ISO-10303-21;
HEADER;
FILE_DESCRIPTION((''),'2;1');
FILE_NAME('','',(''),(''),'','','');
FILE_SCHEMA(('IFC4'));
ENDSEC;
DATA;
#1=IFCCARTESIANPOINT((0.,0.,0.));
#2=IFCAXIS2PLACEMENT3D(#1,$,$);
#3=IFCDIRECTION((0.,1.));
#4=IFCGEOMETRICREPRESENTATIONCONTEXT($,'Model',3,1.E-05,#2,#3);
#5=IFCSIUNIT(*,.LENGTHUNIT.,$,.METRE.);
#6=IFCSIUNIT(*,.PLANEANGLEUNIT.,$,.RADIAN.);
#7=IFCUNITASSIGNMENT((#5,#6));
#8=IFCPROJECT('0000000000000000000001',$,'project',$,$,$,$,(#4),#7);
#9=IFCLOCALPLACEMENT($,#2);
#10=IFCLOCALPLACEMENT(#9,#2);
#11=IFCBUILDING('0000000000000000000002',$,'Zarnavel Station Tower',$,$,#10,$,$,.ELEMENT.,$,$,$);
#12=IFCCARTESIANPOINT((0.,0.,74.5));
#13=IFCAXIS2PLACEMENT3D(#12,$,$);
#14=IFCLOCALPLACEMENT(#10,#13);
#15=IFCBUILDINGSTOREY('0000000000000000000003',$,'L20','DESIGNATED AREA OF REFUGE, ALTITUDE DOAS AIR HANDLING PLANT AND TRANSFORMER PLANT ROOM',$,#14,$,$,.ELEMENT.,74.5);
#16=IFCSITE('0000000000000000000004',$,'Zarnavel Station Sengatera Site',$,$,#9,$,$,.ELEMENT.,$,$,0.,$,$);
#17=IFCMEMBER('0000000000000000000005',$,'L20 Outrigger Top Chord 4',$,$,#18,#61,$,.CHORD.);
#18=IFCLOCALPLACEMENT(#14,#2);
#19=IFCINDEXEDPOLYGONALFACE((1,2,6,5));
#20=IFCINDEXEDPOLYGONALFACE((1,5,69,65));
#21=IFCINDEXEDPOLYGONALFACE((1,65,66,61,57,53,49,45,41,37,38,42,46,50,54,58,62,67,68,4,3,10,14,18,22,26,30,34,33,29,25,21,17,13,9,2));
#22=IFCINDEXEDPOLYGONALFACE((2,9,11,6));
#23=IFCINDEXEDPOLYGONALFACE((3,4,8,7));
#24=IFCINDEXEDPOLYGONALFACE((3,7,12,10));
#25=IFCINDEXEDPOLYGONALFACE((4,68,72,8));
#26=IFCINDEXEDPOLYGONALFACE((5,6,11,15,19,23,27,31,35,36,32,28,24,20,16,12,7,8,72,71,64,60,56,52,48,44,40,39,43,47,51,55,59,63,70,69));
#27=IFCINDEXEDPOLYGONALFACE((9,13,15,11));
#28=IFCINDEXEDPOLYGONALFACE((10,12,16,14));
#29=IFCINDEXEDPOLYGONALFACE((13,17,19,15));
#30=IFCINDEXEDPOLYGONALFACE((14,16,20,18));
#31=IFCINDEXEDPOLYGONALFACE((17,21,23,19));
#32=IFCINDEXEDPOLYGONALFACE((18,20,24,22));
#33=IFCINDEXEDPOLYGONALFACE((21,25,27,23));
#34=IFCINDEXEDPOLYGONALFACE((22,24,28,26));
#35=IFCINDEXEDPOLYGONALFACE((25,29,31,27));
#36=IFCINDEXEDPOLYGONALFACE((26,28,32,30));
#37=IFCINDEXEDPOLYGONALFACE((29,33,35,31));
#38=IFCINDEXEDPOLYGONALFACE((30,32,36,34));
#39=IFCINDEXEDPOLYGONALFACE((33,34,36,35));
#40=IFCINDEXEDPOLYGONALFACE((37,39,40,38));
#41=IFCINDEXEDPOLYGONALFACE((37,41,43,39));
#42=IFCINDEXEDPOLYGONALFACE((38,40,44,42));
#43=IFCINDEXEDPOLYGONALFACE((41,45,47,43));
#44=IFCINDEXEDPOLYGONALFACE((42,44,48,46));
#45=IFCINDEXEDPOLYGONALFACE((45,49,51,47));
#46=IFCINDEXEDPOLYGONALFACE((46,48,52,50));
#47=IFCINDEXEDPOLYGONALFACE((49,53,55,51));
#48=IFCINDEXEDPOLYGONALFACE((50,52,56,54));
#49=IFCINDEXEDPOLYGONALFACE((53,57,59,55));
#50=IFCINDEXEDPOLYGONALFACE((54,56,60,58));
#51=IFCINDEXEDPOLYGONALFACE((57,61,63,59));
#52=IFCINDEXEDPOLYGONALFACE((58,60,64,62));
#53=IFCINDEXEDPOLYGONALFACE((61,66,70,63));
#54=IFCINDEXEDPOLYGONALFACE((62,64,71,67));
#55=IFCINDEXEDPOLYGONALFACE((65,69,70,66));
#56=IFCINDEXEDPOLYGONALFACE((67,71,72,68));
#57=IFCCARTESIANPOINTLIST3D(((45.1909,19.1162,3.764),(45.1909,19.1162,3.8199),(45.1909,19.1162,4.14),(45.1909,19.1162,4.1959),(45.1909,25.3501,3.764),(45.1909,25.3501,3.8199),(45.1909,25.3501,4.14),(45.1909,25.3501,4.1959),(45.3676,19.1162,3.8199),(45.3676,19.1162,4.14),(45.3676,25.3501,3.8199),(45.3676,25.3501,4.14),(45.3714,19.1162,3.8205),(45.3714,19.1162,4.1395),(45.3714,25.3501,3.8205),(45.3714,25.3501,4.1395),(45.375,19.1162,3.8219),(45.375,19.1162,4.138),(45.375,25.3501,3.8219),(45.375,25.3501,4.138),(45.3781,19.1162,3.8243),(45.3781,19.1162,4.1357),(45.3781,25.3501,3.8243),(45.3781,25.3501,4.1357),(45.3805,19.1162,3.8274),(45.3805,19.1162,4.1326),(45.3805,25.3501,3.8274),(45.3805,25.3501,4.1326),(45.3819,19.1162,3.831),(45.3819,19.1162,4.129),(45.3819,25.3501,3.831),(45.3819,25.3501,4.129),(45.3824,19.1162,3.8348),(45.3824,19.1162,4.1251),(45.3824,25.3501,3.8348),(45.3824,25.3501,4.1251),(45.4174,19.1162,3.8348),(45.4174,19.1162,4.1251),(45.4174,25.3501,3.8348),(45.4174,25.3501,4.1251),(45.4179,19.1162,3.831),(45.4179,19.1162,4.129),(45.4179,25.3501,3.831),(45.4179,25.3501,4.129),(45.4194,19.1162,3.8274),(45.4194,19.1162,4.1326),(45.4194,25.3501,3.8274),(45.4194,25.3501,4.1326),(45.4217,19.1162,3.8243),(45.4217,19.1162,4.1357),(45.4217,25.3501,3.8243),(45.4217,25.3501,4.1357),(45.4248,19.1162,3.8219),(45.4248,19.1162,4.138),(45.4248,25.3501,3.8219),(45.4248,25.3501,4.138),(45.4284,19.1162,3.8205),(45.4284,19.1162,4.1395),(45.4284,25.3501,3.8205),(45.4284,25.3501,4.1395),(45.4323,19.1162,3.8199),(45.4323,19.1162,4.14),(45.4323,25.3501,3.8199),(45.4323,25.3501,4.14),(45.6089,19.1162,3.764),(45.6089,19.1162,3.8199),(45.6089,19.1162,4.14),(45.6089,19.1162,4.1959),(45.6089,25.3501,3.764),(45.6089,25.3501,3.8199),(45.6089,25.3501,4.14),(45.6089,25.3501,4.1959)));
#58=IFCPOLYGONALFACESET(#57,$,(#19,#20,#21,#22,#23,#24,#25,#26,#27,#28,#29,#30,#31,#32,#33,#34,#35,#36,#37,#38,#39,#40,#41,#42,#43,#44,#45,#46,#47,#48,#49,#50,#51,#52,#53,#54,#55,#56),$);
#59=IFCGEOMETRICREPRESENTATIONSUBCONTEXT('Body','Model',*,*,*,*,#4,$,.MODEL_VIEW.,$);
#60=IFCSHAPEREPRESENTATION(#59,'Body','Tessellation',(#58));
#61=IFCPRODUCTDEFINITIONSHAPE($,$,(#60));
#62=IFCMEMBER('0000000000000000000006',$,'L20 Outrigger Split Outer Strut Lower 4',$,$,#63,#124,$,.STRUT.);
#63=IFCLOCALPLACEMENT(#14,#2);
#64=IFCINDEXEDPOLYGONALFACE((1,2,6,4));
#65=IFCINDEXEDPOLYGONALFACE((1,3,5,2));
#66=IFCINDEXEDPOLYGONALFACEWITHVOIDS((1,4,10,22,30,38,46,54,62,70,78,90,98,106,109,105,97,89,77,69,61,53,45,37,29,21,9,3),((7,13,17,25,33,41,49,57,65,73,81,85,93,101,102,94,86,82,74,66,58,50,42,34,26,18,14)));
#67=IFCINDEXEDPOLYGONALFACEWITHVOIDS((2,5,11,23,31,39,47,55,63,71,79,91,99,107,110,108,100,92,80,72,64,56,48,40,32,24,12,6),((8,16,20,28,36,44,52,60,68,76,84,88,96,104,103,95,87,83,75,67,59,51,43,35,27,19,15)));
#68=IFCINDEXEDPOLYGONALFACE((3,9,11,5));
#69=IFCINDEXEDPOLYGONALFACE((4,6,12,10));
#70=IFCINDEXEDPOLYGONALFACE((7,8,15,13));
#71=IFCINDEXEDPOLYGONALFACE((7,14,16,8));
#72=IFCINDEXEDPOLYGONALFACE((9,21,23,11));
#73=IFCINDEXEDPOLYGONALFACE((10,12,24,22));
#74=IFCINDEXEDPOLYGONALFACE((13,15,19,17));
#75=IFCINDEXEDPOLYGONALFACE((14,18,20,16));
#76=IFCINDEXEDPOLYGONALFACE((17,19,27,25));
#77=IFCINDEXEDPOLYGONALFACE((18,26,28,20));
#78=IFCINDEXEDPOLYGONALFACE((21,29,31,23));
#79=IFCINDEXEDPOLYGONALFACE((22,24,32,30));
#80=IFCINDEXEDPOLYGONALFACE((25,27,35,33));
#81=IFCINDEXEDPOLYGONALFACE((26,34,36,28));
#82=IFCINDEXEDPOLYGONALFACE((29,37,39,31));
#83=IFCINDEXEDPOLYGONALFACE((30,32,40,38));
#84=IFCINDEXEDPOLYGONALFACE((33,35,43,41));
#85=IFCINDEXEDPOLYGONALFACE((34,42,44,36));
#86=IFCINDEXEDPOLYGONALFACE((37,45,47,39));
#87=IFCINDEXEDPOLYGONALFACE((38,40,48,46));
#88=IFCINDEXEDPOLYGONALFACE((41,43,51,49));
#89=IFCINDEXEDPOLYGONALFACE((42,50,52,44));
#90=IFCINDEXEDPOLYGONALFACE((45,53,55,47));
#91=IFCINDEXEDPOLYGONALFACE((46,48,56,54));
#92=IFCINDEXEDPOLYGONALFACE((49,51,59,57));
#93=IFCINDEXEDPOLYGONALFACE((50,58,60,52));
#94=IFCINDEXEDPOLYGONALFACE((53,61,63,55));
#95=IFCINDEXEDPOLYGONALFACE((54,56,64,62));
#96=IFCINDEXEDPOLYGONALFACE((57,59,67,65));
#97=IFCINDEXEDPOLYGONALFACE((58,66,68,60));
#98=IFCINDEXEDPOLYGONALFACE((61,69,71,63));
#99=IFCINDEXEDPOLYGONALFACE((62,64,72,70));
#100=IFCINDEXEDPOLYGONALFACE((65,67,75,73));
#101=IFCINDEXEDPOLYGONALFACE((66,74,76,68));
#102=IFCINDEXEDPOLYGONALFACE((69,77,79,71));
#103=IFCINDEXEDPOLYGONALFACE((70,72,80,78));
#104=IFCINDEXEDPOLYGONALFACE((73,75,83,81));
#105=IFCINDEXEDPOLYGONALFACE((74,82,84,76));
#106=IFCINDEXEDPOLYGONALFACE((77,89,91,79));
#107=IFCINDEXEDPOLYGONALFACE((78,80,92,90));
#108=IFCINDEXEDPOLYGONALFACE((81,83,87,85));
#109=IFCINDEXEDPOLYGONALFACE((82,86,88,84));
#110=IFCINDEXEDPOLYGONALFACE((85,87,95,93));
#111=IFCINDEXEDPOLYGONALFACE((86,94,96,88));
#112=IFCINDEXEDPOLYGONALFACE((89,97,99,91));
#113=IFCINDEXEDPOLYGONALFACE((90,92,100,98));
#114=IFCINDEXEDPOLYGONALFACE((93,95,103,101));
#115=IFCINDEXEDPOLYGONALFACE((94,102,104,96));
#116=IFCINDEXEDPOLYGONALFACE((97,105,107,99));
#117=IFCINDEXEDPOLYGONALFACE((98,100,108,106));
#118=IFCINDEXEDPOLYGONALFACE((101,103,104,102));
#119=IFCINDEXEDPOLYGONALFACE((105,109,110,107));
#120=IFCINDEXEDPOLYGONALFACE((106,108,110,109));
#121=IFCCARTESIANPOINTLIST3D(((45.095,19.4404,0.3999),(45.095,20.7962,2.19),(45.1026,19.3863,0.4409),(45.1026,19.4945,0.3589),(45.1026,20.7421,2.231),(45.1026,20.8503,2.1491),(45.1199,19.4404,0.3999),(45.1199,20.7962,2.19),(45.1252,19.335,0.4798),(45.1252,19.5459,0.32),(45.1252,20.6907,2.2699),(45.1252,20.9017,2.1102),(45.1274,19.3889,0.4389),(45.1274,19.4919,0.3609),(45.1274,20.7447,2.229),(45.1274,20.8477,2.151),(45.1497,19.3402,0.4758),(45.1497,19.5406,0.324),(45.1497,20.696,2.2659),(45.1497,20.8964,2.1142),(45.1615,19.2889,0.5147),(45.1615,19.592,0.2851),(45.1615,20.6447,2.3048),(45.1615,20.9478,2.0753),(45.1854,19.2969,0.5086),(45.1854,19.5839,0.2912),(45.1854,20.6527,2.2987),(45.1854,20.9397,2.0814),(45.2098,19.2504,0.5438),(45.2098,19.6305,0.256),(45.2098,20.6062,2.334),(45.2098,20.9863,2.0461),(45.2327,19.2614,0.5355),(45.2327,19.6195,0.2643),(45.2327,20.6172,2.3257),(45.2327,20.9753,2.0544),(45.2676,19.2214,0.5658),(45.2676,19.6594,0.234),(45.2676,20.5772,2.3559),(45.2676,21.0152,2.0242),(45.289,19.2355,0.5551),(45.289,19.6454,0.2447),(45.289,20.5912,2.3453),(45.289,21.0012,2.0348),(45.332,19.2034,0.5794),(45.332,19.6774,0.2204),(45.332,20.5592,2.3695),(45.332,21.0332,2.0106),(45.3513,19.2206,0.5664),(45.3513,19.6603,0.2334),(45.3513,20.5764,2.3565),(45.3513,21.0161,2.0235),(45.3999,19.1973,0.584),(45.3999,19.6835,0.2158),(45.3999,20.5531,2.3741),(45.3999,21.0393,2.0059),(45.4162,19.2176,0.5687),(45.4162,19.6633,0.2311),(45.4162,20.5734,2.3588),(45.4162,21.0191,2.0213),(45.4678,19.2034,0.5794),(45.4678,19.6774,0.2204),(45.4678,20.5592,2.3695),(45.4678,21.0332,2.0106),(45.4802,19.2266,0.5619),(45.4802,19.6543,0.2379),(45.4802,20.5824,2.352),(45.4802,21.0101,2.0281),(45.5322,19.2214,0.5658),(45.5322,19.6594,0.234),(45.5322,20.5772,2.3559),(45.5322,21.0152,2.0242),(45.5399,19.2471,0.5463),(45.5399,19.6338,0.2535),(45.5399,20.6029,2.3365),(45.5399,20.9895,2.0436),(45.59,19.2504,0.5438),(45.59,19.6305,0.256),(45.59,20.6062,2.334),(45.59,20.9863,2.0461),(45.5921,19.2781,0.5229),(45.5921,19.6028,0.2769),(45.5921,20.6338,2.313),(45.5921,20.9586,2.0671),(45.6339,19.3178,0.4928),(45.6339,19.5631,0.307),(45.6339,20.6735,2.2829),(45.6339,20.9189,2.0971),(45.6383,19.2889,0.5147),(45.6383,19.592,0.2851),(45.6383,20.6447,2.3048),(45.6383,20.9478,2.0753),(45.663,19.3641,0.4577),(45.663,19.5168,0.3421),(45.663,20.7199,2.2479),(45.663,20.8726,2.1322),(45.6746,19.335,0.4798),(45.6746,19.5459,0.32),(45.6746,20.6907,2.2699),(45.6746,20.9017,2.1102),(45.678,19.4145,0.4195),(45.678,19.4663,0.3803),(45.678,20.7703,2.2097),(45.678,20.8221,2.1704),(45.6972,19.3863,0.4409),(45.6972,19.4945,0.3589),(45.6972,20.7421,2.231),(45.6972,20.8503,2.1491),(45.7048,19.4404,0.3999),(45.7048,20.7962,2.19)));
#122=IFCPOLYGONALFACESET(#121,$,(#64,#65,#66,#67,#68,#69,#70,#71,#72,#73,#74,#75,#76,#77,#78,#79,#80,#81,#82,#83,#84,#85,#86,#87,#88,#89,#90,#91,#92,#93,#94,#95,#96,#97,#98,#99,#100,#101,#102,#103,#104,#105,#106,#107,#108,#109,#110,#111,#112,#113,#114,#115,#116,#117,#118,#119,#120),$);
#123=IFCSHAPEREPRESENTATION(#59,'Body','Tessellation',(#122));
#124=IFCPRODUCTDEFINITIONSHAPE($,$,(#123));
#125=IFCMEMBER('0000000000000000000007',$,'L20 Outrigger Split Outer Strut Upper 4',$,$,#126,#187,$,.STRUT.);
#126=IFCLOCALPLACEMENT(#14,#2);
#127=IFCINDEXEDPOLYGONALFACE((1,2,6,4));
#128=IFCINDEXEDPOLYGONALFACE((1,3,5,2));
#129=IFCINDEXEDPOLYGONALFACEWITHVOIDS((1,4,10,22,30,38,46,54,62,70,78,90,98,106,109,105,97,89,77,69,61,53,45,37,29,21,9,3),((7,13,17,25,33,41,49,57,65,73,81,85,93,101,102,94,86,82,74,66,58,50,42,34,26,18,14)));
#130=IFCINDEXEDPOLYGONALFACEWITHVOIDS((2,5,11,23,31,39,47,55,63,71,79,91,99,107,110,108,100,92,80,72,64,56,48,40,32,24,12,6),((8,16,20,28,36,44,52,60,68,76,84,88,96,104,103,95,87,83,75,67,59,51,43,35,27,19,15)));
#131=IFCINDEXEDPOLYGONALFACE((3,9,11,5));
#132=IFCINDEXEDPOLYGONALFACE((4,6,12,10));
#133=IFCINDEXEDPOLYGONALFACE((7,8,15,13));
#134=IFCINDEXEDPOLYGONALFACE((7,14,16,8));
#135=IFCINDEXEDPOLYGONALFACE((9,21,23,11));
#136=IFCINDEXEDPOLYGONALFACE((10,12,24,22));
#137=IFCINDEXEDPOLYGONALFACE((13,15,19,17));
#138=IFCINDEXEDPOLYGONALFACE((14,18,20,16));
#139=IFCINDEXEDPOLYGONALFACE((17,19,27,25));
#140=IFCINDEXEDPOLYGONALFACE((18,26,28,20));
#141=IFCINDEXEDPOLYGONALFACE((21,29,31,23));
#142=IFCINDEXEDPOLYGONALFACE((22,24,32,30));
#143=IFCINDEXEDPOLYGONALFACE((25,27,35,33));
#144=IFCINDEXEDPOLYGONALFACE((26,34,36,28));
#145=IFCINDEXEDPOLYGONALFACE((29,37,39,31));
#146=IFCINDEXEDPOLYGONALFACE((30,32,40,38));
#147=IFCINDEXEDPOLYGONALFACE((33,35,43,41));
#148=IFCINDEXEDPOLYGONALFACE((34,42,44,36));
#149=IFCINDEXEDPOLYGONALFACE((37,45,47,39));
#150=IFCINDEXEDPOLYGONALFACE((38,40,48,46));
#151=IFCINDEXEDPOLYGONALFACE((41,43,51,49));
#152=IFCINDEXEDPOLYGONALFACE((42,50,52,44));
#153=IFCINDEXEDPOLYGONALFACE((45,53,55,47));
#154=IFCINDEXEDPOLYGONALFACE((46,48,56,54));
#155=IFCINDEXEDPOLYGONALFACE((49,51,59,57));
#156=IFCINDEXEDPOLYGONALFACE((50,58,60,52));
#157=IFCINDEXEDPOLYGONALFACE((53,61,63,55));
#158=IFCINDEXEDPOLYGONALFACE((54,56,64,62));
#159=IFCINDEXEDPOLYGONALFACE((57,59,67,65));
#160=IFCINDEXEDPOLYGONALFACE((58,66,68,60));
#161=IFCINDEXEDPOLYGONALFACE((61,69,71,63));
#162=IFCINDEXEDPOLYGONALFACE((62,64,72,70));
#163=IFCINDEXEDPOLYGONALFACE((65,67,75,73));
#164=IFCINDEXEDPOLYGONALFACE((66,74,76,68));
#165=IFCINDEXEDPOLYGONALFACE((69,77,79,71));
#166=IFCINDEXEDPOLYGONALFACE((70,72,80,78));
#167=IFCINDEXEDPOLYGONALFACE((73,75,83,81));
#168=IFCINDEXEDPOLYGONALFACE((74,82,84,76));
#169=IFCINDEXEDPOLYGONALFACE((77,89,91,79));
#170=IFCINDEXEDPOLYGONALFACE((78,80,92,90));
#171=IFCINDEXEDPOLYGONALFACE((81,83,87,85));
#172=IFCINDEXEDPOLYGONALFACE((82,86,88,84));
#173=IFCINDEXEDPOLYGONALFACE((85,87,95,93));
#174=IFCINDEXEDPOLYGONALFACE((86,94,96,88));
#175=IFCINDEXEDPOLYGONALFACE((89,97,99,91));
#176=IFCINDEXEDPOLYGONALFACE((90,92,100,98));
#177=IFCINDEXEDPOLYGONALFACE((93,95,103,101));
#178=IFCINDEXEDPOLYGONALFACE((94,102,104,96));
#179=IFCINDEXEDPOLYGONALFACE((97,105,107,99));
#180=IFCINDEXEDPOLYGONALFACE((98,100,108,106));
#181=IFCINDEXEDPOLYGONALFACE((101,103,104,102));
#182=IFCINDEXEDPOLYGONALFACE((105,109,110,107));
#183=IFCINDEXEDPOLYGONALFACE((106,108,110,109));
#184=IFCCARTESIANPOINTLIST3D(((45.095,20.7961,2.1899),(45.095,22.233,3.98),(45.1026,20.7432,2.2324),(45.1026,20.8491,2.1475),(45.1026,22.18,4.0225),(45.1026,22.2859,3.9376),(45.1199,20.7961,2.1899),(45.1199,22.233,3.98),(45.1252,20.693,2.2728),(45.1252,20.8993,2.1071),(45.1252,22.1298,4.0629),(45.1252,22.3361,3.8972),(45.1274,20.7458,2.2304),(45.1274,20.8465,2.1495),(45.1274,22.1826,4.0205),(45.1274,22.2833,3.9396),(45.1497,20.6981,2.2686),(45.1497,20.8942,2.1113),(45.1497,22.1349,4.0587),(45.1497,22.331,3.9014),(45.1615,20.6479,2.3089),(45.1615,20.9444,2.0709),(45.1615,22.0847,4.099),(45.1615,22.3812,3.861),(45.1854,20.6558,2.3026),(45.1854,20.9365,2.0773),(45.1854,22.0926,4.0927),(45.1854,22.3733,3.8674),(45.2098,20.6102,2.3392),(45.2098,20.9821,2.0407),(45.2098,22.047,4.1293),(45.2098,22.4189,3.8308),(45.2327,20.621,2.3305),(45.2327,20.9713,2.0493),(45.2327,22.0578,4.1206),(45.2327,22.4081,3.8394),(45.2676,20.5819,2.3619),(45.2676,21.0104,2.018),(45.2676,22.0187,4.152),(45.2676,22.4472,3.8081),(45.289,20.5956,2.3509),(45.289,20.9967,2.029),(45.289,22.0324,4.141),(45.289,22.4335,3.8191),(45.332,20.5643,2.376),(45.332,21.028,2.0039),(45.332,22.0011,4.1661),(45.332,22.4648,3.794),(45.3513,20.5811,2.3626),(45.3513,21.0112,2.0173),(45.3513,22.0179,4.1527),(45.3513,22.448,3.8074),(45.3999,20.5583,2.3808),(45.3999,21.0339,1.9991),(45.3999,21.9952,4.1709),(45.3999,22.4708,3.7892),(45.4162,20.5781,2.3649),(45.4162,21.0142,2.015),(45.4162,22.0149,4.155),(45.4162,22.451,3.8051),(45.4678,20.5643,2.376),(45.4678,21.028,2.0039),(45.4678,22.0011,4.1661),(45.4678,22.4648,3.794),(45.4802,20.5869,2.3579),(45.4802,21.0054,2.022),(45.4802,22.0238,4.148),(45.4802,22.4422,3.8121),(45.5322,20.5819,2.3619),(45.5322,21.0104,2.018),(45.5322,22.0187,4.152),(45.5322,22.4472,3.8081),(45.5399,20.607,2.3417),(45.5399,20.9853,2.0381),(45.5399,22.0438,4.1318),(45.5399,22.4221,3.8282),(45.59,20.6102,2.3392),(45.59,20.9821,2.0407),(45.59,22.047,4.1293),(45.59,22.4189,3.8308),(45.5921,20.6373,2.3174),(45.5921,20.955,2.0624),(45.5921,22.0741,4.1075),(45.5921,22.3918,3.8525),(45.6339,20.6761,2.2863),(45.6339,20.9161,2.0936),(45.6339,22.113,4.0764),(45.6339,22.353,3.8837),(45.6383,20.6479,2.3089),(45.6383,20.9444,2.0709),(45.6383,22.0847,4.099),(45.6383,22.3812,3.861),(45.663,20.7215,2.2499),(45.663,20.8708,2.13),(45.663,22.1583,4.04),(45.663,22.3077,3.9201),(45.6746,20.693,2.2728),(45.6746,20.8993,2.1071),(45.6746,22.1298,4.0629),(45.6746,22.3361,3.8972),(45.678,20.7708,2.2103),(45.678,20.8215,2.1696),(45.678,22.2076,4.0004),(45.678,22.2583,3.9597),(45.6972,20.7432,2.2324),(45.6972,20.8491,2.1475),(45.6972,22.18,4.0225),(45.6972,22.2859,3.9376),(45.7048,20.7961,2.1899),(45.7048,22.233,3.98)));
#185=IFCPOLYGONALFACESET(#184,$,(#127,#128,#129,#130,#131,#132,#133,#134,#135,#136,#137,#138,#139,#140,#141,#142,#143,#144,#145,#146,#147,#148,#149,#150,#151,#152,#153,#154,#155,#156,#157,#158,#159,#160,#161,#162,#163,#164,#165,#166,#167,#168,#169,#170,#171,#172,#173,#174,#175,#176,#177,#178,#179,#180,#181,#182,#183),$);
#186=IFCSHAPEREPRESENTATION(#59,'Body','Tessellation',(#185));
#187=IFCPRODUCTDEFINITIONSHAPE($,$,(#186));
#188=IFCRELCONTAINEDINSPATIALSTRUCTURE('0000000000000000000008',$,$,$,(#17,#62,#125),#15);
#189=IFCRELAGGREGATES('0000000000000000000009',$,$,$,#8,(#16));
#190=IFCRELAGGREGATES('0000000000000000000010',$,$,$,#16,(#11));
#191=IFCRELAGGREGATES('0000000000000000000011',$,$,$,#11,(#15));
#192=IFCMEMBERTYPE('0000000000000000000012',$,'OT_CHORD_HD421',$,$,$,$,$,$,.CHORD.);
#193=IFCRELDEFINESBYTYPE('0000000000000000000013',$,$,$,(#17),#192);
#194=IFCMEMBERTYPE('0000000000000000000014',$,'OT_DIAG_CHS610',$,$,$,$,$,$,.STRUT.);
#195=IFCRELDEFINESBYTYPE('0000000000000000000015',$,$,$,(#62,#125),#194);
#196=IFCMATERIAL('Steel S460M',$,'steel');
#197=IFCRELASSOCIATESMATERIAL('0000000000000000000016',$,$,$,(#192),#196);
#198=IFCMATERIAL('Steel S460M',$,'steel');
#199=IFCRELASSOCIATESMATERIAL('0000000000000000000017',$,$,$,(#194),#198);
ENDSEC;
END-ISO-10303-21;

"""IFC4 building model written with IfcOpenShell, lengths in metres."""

from ifc_helpers import new_model, si_unit, direction, frame, origin, origin_2d, place, context, subcontext, project, spatial, hollow_circle, i_section, extrude, material, material_profile, profile_set, type_object, element, save


model = new_model("IFC4")

# Units and contexts
model_context = context("Model", 3, precision=1e-05, world=origin(), true_north=direction((0.0, 1.0)))
body_context = subcontext(model_context, "Body", "Model", "MODEL_VIEW")
ifc_project = project(units=[si_unit("LENGTHUNIT", "METRE"), si_unit("PLANEANGLEUNIT", "RADIAN")], contexts=[model_context])

# Site, building, storey
site_placement = place(None, origin())
site = spatial("IfcSite", under=ifc_project, at=site_placement, Name="Zarnavel Station Sengatera Site", CompositionType="ELEMENT", RefElevation=0.0)
building_placement = place(site_placement, origin())
building = spatial("IfcBuilding", under=site, at=building_placement, Name="Zarnavel Station Tower", CompositionType="ELEMENT")
storey_placement = place(building_placement, frame((0.0, 0.0, 74.5)))
storey = spatial("IfcBuildingStorey", under=building, at=storey_placement, Name="L20", Description="DESIGNATED AREA OF REFUGE, ALTITUDE DOAS AIR HANDLING PLANT AND TRANSFORMER PLANT ROOM", CompositionType="ELEMENT", Elevation=74.5)

# Members
ifc_material_1 = material(Name="Steel S460M", Category="steel")
ifc_material_profile_1 = material_profile(ifc_material_1, i_section(OverallWidth=0.418, OverallDepth=0.4319, WebThickness=0.0349, FlangeThickness=0.0559, FilletRadius=0.0149, at=origin_2d()), Name="HD400x421")
ifc_profile_set_1 = profile_set([ifc_material_profile_1], Name="Steel S460M")
member_type_1 = type_object("IfcMemberType", Name="OT_CHORD_HD421", PredefinedType="CHORD", material=ifc_profile_set_1)
member_1_placement = place(storey_placement, frame((45.3999, 19.1162, 3.98), z_axis=(0.0, 1.0, 0.0), x_axis=(-1.0, 0.0, 0.0)))
element("IfcMember", 1, at=member_1_placement, inside=storey, type_object=member_type_1, Name="L20 Outrigger Top Chord 4", PredefinedType="CHORD", context=body_context, shape_type="SweptSolid", body=[
    extrude(i_section(OverallWidth=0.418, OverallDepth=0.4319, WebThickness=0.0349, FlangeThickness=0.0559, FilletRadius=0.0149, at=origin_2d()), origin(), (0.0, 0.0, 1.0), 6.2339),
])
ifc_material_2 = material(Name="Steel S460M", Category="steel")
ifc_material_profile_2 = material_profile(ifc_material_2, hollow_circle(Radius=0.3049, WallThickness=0.0249, at=origin_2d()), Name="CHS610x25")
ifc_profile_set_2 = profile_set([ifc_material_profile_2], Name="Steel S460M")
member_type_2 = type_object("IfcMemberType", Name="OT_DIAG_CHS610", PredefinedType="STRUT", material=ifc_profile_set_2)
member_2_placement = place(storey_placement, frame((45.3999, 19.4404, 0.3999), z_axis=(0.0, 0.603751, 0.797173), x_axis=(-1.0, 0.0, 0.0)))
element("IfcMember", 2, at=member_2_placement, inside=storey, type_object=member_type_2, Name="L20 Outrigger Split Outer Strut Lower 4", PredefinedType="STRUT", context=body_context, shape_type="SweptSolid", body=[
    extrude(hollow_circle(Radius=0.3049, WallThickness=0.0249, at=origin_2d()), origin(), (0.0, 0.0, 1.0), 2.2456),
])
member_3_placement = place(storey_placement, frame((45.3999, 20.7961, 2.1899), z_axis=(0.0, 0.625952, 0.779861), x_axis=(-1.0, 0.0, 0.0)))
element("IfcMember", 3, at=member_3_placement, inside=storey, type_object=member_type_2, Name="L20 Outrigger Split Outer Strut Upper 4", PredefinedType="STRUT", context=body_context, shape_type="SweptSolid", body=[
    extrude(hollow_circle(Radius=0.3049, WallThickness=0.0249, at=origin_2d()), origin(), (0.0, 0.0, 1.0), 2.2954),
])

save(model, "model.ifc")
